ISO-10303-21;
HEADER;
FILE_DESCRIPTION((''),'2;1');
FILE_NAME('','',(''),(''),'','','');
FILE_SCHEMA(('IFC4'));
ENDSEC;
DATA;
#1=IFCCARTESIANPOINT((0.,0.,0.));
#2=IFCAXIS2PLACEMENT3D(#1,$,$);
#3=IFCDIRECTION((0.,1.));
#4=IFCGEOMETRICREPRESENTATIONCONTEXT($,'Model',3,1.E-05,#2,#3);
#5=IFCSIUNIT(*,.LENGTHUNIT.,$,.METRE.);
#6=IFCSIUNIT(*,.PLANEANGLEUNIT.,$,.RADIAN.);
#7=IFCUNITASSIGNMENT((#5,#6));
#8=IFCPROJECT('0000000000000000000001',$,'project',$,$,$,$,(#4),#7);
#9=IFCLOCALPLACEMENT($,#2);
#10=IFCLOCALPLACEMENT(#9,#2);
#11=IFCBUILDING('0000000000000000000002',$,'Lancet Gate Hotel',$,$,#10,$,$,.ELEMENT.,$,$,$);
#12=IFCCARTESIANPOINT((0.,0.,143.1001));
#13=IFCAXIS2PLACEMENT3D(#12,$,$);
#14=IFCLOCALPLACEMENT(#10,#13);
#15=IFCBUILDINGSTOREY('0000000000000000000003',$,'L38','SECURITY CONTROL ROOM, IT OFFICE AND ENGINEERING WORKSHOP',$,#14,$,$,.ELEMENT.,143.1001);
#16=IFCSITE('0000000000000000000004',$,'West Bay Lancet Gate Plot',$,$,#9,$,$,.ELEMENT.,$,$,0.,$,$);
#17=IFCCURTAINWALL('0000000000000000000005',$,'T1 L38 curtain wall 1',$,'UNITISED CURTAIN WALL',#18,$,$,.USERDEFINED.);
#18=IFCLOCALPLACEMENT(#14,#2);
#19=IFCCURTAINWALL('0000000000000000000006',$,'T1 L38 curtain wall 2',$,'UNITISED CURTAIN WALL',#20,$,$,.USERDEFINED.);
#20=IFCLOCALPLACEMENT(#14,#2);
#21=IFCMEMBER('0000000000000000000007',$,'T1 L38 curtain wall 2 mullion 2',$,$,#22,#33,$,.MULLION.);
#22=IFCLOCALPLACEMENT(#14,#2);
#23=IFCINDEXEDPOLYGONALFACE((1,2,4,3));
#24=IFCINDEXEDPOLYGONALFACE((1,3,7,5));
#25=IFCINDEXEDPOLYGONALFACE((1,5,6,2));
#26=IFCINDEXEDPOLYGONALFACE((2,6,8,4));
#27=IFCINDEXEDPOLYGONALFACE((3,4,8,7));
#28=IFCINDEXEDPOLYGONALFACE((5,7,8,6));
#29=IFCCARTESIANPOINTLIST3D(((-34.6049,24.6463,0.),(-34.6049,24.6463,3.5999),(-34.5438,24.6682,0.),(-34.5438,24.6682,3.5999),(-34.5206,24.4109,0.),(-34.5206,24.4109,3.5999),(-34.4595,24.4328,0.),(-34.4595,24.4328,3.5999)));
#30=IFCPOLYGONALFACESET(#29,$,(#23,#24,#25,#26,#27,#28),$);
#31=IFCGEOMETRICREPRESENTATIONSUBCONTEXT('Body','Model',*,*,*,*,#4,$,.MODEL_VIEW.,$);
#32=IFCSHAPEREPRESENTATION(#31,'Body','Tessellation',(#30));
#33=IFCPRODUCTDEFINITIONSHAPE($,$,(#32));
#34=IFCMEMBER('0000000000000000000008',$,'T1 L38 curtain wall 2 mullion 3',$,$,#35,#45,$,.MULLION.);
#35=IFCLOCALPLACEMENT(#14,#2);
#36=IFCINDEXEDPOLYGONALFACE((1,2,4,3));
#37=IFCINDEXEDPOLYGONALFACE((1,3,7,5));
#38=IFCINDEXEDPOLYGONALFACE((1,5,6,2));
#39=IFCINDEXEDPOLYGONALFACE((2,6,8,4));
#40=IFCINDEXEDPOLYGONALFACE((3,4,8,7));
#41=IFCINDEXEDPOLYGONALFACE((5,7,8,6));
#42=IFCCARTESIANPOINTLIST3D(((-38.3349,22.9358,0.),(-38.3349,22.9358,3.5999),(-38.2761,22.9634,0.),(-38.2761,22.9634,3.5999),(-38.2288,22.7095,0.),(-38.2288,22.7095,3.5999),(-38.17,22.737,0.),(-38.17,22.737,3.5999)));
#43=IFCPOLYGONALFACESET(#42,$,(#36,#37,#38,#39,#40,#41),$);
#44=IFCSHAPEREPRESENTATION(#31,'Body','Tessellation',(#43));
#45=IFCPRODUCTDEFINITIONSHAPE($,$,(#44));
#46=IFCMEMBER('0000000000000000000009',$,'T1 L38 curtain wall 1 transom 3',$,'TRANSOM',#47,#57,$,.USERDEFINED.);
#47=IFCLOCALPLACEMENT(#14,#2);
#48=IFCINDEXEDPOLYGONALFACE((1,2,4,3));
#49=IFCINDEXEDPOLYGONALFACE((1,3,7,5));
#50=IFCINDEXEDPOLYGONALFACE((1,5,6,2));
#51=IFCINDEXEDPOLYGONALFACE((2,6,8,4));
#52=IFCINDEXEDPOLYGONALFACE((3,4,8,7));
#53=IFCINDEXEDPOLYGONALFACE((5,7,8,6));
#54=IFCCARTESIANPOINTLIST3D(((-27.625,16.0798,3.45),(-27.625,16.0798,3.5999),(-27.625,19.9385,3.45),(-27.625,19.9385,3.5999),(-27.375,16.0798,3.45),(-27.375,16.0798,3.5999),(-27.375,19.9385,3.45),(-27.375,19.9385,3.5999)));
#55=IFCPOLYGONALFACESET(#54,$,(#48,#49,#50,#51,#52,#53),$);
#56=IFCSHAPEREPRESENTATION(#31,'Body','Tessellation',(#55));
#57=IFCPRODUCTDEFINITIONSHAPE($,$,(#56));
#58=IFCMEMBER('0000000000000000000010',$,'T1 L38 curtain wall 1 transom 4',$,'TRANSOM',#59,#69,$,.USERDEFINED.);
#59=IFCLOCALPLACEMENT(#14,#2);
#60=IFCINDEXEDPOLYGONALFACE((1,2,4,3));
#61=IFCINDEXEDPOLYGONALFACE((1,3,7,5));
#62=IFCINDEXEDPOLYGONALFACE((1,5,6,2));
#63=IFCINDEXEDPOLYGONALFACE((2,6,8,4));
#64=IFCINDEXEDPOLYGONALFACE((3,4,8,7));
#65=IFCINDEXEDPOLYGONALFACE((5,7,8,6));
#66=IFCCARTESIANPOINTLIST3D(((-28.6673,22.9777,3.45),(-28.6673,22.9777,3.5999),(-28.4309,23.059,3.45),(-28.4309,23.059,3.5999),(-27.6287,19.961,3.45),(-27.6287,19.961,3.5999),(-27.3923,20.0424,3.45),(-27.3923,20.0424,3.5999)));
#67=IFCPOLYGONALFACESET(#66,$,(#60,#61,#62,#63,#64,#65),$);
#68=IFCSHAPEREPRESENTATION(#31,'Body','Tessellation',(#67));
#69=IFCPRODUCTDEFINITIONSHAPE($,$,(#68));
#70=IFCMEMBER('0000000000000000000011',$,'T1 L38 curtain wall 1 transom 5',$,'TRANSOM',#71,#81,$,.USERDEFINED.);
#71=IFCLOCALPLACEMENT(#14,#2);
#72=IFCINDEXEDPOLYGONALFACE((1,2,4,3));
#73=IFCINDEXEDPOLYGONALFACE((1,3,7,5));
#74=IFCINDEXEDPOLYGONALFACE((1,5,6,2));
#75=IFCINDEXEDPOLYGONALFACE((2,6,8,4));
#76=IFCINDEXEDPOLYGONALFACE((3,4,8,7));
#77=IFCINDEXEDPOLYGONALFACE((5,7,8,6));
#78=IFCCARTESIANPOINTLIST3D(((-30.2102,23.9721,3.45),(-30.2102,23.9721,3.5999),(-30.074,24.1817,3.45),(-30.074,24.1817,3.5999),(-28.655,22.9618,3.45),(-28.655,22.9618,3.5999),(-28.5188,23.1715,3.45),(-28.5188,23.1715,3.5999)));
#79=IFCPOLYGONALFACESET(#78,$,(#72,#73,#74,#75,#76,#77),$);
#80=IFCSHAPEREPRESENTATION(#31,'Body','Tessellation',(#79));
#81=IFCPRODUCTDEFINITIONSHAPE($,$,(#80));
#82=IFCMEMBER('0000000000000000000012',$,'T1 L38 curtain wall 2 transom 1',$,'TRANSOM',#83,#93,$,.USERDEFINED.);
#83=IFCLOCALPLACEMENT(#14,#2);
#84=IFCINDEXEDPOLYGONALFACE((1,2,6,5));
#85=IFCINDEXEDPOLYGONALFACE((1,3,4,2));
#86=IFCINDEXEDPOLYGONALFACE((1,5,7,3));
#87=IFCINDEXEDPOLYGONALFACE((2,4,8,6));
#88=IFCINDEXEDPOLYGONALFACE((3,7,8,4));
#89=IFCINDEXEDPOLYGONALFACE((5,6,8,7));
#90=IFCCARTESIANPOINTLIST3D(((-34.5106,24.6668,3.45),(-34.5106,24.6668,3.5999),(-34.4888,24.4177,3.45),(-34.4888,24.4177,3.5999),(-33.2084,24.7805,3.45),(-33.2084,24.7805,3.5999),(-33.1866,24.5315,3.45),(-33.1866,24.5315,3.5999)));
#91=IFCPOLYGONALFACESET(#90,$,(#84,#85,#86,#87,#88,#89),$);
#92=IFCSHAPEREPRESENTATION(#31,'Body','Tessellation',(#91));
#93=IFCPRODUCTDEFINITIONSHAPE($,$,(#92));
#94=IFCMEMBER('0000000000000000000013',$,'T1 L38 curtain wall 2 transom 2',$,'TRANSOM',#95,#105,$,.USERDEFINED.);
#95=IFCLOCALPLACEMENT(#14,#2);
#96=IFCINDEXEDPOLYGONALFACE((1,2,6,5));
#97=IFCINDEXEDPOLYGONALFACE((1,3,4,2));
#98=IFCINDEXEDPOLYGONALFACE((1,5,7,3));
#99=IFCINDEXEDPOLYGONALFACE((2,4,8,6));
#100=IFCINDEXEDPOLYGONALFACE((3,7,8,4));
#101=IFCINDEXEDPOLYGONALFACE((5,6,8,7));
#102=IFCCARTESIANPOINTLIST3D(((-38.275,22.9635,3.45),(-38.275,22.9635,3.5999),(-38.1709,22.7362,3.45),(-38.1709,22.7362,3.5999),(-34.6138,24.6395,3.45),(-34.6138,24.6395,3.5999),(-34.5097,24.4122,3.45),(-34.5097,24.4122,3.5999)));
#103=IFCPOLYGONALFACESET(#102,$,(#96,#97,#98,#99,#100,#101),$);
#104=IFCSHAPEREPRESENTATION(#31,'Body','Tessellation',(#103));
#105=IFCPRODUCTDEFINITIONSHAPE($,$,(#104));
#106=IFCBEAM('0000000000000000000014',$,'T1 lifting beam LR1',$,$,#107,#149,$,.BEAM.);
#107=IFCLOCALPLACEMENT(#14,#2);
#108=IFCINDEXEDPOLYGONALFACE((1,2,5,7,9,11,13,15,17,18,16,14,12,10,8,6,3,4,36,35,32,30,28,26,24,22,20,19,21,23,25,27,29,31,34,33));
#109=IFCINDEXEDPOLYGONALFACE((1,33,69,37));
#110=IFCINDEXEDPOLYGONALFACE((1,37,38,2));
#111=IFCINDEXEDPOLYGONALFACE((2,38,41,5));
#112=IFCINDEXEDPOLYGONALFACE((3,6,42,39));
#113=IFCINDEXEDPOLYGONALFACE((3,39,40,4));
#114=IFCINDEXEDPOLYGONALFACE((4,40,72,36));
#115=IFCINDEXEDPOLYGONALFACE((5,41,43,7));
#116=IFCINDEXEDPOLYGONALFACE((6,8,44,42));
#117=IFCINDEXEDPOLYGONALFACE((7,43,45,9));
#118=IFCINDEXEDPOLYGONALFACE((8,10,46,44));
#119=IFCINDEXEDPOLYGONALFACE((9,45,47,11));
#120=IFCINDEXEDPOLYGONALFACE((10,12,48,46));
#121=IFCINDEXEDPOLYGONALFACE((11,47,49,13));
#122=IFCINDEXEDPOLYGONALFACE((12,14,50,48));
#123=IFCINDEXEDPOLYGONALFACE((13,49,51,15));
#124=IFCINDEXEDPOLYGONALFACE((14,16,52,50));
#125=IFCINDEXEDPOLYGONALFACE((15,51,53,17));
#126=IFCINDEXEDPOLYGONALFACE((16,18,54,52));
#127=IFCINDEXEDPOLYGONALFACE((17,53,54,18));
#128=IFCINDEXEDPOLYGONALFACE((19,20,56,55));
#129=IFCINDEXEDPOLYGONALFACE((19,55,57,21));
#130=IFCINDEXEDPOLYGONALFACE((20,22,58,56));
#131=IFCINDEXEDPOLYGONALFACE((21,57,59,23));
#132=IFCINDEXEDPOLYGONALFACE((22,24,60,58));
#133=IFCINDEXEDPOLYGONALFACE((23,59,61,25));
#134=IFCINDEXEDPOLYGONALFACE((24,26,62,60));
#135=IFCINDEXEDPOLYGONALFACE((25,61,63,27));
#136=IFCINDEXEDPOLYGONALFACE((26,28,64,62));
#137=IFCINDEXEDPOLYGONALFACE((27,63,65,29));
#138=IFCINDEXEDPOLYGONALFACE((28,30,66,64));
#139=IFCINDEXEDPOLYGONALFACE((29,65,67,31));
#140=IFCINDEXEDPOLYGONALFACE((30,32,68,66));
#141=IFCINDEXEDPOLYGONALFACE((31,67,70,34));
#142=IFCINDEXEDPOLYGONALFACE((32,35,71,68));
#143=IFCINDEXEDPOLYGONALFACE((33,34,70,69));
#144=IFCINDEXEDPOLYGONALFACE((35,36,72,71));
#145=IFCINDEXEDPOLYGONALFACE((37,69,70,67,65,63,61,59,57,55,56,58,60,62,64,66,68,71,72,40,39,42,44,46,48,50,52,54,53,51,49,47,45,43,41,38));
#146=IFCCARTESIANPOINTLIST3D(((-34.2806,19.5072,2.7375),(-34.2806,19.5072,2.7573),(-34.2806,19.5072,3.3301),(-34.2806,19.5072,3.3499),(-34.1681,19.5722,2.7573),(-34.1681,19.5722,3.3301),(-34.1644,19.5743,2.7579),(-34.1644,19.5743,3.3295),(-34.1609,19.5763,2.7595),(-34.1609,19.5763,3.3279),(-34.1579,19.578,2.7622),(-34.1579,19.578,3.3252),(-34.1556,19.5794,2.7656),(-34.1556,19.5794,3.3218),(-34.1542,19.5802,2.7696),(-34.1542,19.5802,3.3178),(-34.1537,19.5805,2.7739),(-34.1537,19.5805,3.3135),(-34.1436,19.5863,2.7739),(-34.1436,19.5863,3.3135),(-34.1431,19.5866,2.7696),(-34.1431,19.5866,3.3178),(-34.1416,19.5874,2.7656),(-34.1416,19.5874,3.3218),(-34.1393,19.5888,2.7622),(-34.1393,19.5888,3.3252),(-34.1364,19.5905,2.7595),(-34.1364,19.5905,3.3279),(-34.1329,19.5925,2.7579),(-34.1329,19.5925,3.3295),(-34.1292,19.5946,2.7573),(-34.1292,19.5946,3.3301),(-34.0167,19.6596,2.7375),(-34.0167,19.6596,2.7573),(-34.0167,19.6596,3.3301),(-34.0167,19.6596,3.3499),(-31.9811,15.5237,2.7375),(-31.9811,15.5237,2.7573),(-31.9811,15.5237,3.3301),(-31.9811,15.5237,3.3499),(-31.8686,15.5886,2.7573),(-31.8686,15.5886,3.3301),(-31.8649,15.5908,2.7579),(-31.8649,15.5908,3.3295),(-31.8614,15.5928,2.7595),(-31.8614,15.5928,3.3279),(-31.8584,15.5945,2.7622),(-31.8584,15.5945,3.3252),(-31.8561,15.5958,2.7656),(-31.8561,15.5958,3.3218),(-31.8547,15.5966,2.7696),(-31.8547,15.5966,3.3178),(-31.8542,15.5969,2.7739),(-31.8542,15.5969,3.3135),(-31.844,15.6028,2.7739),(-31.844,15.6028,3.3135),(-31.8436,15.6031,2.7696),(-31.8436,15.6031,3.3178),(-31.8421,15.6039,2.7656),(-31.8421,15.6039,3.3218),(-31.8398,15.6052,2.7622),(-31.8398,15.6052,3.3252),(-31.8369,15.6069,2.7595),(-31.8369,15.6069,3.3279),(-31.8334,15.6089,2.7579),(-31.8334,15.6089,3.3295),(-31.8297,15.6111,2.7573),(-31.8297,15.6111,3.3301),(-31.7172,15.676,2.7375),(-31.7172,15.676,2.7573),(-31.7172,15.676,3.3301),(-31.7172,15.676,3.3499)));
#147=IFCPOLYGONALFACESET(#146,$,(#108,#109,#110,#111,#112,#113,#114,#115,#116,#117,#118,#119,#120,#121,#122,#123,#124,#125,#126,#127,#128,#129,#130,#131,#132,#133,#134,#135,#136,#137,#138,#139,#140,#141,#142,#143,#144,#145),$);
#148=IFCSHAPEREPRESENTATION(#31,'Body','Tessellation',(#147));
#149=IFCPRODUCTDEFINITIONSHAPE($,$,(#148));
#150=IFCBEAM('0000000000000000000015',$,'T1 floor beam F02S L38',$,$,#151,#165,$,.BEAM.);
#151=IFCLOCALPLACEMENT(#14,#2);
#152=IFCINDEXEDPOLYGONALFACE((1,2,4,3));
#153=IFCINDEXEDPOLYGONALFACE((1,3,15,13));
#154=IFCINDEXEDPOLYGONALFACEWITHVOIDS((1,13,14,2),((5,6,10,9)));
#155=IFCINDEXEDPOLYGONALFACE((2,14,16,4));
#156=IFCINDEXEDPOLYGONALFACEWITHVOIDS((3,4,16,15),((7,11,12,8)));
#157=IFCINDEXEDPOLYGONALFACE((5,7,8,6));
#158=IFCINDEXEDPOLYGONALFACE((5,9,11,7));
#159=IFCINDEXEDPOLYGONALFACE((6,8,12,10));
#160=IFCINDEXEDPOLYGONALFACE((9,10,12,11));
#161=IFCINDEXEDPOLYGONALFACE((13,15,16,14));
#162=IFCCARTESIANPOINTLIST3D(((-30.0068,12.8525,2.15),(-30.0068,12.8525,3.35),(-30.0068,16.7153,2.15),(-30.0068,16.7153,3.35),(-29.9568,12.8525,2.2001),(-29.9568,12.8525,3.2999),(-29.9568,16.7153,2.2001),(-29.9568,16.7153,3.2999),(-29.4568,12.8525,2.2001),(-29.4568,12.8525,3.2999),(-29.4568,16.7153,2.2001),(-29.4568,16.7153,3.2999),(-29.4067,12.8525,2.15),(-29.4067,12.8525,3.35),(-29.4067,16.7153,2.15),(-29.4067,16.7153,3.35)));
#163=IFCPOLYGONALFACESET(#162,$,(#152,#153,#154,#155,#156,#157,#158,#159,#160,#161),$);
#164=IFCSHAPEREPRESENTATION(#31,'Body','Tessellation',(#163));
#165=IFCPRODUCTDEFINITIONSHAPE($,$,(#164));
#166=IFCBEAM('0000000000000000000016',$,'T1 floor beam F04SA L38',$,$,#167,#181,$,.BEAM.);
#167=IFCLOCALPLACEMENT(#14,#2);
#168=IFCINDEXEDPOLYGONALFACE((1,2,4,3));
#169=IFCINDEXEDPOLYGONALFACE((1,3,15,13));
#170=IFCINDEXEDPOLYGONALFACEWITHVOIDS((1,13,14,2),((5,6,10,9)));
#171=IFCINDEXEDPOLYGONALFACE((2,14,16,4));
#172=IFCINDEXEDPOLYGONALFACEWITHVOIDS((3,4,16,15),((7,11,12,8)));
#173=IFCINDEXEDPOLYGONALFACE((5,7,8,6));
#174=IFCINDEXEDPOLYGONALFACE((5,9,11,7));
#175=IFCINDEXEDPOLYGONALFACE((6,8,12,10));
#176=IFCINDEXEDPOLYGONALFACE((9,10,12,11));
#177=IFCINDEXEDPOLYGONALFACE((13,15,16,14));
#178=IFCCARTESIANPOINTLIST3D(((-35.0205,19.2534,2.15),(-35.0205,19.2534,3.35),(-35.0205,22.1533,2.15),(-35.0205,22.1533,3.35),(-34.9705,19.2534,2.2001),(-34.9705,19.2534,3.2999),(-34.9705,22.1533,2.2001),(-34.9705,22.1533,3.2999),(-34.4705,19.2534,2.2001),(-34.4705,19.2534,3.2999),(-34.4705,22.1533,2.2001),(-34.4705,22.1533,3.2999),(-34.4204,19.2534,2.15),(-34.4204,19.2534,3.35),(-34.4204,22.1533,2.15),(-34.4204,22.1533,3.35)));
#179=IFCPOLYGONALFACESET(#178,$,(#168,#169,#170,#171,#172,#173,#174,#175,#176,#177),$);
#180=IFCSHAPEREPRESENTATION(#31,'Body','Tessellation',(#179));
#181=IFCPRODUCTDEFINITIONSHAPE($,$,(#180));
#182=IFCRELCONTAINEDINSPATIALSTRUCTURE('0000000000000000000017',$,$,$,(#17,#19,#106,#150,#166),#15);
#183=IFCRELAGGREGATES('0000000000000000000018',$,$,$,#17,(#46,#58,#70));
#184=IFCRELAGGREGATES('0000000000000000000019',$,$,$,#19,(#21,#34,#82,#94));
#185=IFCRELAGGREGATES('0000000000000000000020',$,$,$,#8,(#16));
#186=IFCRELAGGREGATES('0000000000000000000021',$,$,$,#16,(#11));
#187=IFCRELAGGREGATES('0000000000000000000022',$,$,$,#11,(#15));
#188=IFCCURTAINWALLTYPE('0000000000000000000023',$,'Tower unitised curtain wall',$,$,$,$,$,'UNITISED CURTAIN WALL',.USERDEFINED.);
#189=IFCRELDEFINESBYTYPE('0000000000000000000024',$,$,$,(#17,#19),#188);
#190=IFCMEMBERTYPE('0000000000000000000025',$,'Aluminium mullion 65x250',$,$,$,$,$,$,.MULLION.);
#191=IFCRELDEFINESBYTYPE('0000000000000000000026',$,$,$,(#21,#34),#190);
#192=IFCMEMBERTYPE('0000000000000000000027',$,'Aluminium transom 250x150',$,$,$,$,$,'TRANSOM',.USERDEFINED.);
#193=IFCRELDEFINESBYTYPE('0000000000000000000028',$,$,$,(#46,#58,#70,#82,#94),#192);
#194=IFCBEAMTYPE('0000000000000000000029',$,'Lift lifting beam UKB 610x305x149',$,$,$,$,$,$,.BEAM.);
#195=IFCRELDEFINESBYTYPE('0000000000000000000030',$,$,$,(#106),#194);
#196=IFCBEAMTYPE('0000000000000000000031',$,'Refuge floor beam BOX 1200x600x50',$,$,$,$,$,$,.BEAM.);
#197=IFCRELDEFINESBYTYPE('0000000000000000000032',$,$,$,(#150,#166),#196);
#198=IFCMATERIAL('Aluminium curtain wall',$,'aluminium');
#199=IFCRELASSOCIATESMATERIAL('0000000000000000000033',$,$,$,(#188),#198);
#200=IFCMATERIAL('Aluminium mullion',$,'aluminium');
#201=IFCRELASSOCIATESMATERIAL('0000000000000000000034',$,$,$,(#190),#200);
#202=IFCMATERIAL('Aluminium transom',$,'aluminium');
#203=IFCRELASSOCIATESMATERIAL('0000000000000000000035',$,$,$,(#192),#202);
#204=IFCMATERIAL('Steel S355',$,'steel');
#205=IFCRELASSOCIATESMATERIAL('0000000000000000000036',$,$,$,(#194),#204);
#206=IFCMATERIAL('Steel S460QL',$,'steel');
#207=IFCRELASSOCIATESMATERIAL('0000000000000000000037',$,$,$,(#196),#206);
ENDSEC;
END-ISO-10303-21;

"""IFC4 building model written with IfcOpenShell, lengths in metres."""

from ifc_helpers import new_model, si_unit, direction, frame, origin, origin_2d, place, context, subcontext, project, spatial, rectangle, hollow_rectangle, i_section, extrude, material, material_profile, profile_set, type_object, element, aggregate, save


model = new_model("IFC4")

# Units and contexts
model_context = context("Model", 3, precision=1e-05, world=origin(), true_north=direction((0.0, 1.0)))
body_context = subcontext(model_context, "Body", "Model", "MODEL_VIEW")
ifc_project = project(units=[si_unit("LENGTHUNIT", "METRE"), si_unit("PLANEANGLEUNIT", "RADIAN")], contexts=[model_context])

# Site, building, storey
site_placement = place(None, origin())
site = spatial("IfcSite", under=ifc_project, at=site_placement, Name="West Bay Lancet Gate Plot", CompositionType="ELEMENT", RefElevation=0.0)
building_placement = place(site_placement, origin())
building = spatial("IfcBuilding", under=site, at=building_placement, Name="Lancet Gate Hotel", CompositionType="ELEMENT")
storey_placement = place(building_placement, frame((0.0, 0.0, 143.1001)))
storey = spatial("IfcBuildingStorey", under=building, at=storey_placement, Name="L38", Description="SECURITY CONTROL ROOM, IT OFFICE AND ENGINEERING WORKSHOP", CompositionType="ELEMENT", Elevation=143.1001)

# Curtain walls, members
ifc_material_1 = material(Name="Aluminium curtain wall", Category="aluminium")
curtain_wall_type = type_object("IfcCurtainWallType", Name="Tower unitised curtain wall", ElementType="UNITISED CURTAIN WALL", PredefinedType="USERDEFINED", material=ifc_material_1)
curtain_wall_1_placement = place(storey_placement, origin())
curtain_wall_1 = element("IfcCurtainWall", 1, at=curtain_wall_1_placement, inside=storey, type_object=curtain_wall_type, Name="T1 L38 curtain wall 1", ObjectType="UNITISED CURTAIN WALL", PredefinedType="USERDEFINED")
ifc_material_2 = material(Name="Aluminium mullion", Category="aluminium")
ifc_material_profile_1 = material_profile(ifc_material_2, rectangle(XDim=0.0649, YDim=0.25, at=origin_2d()), Name="MULLION 65x250")
ifc_profile_set_1 = profile_set([ifc_material_profile_1], Name="Aluminium mullion")
member_type_1 = type_object("IfcMemberType", Name="Aluminium mullion 65x250", PredefinedType="MULLION", material=ifc_profile_set_1)
curtain_wall_2_placement = place(storey_placement, origin())
curtain_wall_2 = element("IfcCurtainWall", 2, at=curtain_wall_2_placement, inside=storey, type_object=curtain_wall_type, Name="T1 L38 curtain wall 2", ObjectType="UNITISED CURTAIN WALL", PredefinedType="USERDEFINED")
member_1_placement = place(storey_placement, frame((-34.5322, 24.5396, 0.0), z_axis=(0.0, 0.0, 1.0), x_axis=(-0.941424, -0.337225, 0.0)))
member_1 = element("IfcMember", 3, at=member_1_placement, type_object=member_type_1, Name="T1 L38 curtain wall 2 mullion 2", PredefinedType="MULLION", context=body_context, shape_type="SweptSolid", body=[
    extrude(rectangle(XDim=0.0649, YDim=0.25, at=origin_2d()), origin(), (0.0, 0.0, 1.0), 3.5999),
])
member_2_placement = place(storey_placement, frame((-38.2524, 22.8364, 0.0), z_axis=(0.0, 0.0, 1.0), x_axis=(-0.905379, -0.424605, 0.0)))
member_2 = element("IfcMember", 4, at=member_2_placement, type_object=member_type_1, Name="T1 L38 curtain wall 2 mullion 3", PredefinedType="MULLION", context=body_context, shape_type="SweptSolid", body=[
    extrude(rectangle(XDim=0.0649, YDim=0.25, at=origin_2d()), origin(), (0.0, 0.0, 1.0), 3.5999),
])

# Members
ifc_material_3 = material(Name="Aluminium transom", Category="aluminium")
ifc_material_profile_2 = material_profile(ifc_material_3, rectangle(XDim=0.25, YDim=0.1499, at=origin_2d()), Name="TRANSOM 250x150")
ifc_profile_set_2 = profile_set([ifc_material_profile_2], Name="Aluminium transom")
member_type_2 = type_object("IfcMemberType", Name="Aluminium transom 250x150", ElementType="TRANSOM", PredefinedType="USERDEFINED", material=ifc_profile_set_2)
member_3_placement = place(storey_placement, frame((-27.5, 16.0798, 3.5249), z_axis=(0.0, 1.0, 0.0), x_axis=(-1.0, 0.0, 0.0)))
member_3 = element("IfcMember", 5, at=member_3_placement, type_object=member_type_2, Name="T1 L38 curtain wall 1 transom 3", ObjectType="TRANSOM", PredefinedType="USERDEFINED", context=body_context, shape_type="SweptSolid", body=[
    extrude(rectangle(XDim=0.25, YDim=0.1499, at=origin_2d()), origin(), (0.0, 0.0, 1.0), 3.8586),
])
member_4_placement = place(storey_placement, frame((-27.5105, 20.0017, 3.5249), z_axis=(-0.325533, 0.945531, 0.0), x_axis=(-0.945531, -0.325533, 0.0)))
member_4 = element("IfcMember", 6, at=member_4_placement, type_object=member_type_2, Name="T1 L38 curtain wall 1 transom 4", ObjectType="TRANSOM", PredefinedType="USERDEFINED", context=body_context, shape_type="SweptSolid", body=[
    extrude(rectangle(XDim=0.25, YDim=0.1499, at=origin_2d()), origin(), (0.0, 0.0, 1.0), 3.1904),
])
member_5_placement = place(storey_placement, frame((-28.5869, 23.0667, 3.5249), z_axis=(-0.838594, 0.544757, 0.0), x_axis=(-0.544757, -0.838594, 0.0)))
member_5 = element("IfcMember", 7, at=member_5_placement, type_object=member_type_2, Name="T1 L38 curtain wall 1 transom 5", ObjectType="TRANSOM", PredefinedType="USERDEFINED", context=body_context, shape_type="SweptSolid", body=[
    extrude(rectangle(XDim=0.25, YDim=0.1499, at=origin_2d()), origin(), (0.0, 0.0, 1.0), 1.8545),
])
member_6_placement = place(storey_placement, frame((-33.1975, 24.656, 3.5249), z_axis=(-0.996205, -0.087033, 0.0), x_axis=(0.087033, -0.996205, 0.0)))
member_6 = element("IfcMember", 8, at=member_6_placement, type_object=member_type_2, Name="T1 L38 curtain wall 2 transom 1", ObjectType="TRANSOM", PredefinedType="USERDEFINED", context=body_context, shape_type="SweptSolid", body=[
    extrude(rectangle(XDim=0.25, YDim=0.1499, at=origin_2d()), origin(), (0.0, 0.0, 1.0), 1.3071),
])
member_7_placement = place(storey_placement, frame((-34.5618, 24.5259, 3.5249), z_axis=(-0.909252, -0.416245, 0.0), x_axis=(0.416245, -0.909252, 0.0)))
member_7 = element("IfcMember", 9, at=member_7_placement, type_object=member_type_2, Name="T1 L38 curtain wall 2 transom 2", ObjectType="TRANSOM", PredefinedType="USERDEFINED", context=body_context, shape_type="SweptSolid", body=[
    extrude(rectangle(XDim=0.25, YDim=0.1499, at=origin_2d()), origin(), (0.0, 0.0, 1.0), 4.0266),
])

# Beams
ifc_material_4 = material(Name="Steel S355", Category="steel")
ifc_material_profile_3 = material_profile(ifc_material_4, i_section(OverallWidth=0.3047, OverallDepth=0.6123, WebThickness=0.0117, FlangeThickness=0.0198, FilletRadius=0.0166, at=origin_2d()), Name="UKB 610x305x149")
ifc_profile_set_3 = profile_set([ifc_material_profile_3], Name="Steel S355")
beam_type_1 = type_object("IfcBeamType", Name="Lift lifting beam UKB 610x305x149", PredefinedType="BEAM", material=ifc_profile_set_3)
beam_1_placement = place(storey_placement, frame((-31.8491, 15.5999, 3.0437), z_axis=(-0.499935, 0.866063, 0.0), x_axis=(-0.866063, -0.499935, 0.0)))
element("IfcBeam", 10, at=beam_1_placement, inside=storey, type_object=beam_type_1, Name="T1 lifting beam LR1", PredefinedType="BEAM", context=body_context, shape_type="SweptSolid", body=[
    extrude(i_section(OverallWidth=0.3047, OverallDepth=0.6123, WebThickness=0.0117, FlangeThickness=0.0198, FilletRadius=0.0166, at=origin_2d()), origin(), (0.0, 0.0, 1.0), 4.5996),
])
ifc_material_5 = material(Name="Steel S460QL", Category="steel")
ifc_material_profile_4 = material_profile(ifc_material_5, hollow_rectangle(XDim=0.6001, YDim=1.2, WallThickness=0.05, at=origin_2d()), Name="BOX 1200x600x50")
ifc_profile_set_4 = profile_set([ifc_material_profile_4], Name="Steel S460QL")
beam_type_2 = type_object("IfcBeamType", Name="Refuge floor beam BOX 1200x600x50", PredefinedType="BEAM", material=ifc_profile_set_4)
beam_2_placement = place(storey_placement, frame((-29.7068, 16.7153, 2.75), z_axis=(0.0, -1.0, 0.0), x_axis=(1.0, 0.0, 0.0)))
element("IfcBeam", 11, at=beam_2_placement, inside=storey, type_object=beam_type_2, Name="T1 floor beam F02S L38", PredefinedType="BEAM", context=body_context, shape_type="SweptSolid", body=[
    extrude(hollow_rectangle(XDim=0.6001, YDim=1.2, WallThickness=0.05, at=origin_2d()), origin(), (0.0, 0.0, 1.0), 3.8628),
])
beam_3_placement = place(storey_placement, frame((-34.7205, 22.1533, 2.75), z_axis=(0.0, -1.0, 0.0), x_axis=(1.0, 0.0, 0.0)))
element("IfcBeam", 12, at=beam_3_placement, inside=storey, type_object=beam_type_2, Name="T1 floor beam F04SA L38", PredefinedType="BEAM", context=body_context, shape_type="SweptSolid", body=[
    extrude(hollow_rectangle(XDim=0.6001, YDim=1.2, WallThickness=0.05, at=origin_2d()), origin(), (0.0, 0.0, 1.0), 2.8999),
])

aggregate(curtain_wall_1, [member_3, member_4, member_5])
aggregate(curtain_wall_2, [member_1, member_2, member_6, member_7])

save(model, "model.ifc")
